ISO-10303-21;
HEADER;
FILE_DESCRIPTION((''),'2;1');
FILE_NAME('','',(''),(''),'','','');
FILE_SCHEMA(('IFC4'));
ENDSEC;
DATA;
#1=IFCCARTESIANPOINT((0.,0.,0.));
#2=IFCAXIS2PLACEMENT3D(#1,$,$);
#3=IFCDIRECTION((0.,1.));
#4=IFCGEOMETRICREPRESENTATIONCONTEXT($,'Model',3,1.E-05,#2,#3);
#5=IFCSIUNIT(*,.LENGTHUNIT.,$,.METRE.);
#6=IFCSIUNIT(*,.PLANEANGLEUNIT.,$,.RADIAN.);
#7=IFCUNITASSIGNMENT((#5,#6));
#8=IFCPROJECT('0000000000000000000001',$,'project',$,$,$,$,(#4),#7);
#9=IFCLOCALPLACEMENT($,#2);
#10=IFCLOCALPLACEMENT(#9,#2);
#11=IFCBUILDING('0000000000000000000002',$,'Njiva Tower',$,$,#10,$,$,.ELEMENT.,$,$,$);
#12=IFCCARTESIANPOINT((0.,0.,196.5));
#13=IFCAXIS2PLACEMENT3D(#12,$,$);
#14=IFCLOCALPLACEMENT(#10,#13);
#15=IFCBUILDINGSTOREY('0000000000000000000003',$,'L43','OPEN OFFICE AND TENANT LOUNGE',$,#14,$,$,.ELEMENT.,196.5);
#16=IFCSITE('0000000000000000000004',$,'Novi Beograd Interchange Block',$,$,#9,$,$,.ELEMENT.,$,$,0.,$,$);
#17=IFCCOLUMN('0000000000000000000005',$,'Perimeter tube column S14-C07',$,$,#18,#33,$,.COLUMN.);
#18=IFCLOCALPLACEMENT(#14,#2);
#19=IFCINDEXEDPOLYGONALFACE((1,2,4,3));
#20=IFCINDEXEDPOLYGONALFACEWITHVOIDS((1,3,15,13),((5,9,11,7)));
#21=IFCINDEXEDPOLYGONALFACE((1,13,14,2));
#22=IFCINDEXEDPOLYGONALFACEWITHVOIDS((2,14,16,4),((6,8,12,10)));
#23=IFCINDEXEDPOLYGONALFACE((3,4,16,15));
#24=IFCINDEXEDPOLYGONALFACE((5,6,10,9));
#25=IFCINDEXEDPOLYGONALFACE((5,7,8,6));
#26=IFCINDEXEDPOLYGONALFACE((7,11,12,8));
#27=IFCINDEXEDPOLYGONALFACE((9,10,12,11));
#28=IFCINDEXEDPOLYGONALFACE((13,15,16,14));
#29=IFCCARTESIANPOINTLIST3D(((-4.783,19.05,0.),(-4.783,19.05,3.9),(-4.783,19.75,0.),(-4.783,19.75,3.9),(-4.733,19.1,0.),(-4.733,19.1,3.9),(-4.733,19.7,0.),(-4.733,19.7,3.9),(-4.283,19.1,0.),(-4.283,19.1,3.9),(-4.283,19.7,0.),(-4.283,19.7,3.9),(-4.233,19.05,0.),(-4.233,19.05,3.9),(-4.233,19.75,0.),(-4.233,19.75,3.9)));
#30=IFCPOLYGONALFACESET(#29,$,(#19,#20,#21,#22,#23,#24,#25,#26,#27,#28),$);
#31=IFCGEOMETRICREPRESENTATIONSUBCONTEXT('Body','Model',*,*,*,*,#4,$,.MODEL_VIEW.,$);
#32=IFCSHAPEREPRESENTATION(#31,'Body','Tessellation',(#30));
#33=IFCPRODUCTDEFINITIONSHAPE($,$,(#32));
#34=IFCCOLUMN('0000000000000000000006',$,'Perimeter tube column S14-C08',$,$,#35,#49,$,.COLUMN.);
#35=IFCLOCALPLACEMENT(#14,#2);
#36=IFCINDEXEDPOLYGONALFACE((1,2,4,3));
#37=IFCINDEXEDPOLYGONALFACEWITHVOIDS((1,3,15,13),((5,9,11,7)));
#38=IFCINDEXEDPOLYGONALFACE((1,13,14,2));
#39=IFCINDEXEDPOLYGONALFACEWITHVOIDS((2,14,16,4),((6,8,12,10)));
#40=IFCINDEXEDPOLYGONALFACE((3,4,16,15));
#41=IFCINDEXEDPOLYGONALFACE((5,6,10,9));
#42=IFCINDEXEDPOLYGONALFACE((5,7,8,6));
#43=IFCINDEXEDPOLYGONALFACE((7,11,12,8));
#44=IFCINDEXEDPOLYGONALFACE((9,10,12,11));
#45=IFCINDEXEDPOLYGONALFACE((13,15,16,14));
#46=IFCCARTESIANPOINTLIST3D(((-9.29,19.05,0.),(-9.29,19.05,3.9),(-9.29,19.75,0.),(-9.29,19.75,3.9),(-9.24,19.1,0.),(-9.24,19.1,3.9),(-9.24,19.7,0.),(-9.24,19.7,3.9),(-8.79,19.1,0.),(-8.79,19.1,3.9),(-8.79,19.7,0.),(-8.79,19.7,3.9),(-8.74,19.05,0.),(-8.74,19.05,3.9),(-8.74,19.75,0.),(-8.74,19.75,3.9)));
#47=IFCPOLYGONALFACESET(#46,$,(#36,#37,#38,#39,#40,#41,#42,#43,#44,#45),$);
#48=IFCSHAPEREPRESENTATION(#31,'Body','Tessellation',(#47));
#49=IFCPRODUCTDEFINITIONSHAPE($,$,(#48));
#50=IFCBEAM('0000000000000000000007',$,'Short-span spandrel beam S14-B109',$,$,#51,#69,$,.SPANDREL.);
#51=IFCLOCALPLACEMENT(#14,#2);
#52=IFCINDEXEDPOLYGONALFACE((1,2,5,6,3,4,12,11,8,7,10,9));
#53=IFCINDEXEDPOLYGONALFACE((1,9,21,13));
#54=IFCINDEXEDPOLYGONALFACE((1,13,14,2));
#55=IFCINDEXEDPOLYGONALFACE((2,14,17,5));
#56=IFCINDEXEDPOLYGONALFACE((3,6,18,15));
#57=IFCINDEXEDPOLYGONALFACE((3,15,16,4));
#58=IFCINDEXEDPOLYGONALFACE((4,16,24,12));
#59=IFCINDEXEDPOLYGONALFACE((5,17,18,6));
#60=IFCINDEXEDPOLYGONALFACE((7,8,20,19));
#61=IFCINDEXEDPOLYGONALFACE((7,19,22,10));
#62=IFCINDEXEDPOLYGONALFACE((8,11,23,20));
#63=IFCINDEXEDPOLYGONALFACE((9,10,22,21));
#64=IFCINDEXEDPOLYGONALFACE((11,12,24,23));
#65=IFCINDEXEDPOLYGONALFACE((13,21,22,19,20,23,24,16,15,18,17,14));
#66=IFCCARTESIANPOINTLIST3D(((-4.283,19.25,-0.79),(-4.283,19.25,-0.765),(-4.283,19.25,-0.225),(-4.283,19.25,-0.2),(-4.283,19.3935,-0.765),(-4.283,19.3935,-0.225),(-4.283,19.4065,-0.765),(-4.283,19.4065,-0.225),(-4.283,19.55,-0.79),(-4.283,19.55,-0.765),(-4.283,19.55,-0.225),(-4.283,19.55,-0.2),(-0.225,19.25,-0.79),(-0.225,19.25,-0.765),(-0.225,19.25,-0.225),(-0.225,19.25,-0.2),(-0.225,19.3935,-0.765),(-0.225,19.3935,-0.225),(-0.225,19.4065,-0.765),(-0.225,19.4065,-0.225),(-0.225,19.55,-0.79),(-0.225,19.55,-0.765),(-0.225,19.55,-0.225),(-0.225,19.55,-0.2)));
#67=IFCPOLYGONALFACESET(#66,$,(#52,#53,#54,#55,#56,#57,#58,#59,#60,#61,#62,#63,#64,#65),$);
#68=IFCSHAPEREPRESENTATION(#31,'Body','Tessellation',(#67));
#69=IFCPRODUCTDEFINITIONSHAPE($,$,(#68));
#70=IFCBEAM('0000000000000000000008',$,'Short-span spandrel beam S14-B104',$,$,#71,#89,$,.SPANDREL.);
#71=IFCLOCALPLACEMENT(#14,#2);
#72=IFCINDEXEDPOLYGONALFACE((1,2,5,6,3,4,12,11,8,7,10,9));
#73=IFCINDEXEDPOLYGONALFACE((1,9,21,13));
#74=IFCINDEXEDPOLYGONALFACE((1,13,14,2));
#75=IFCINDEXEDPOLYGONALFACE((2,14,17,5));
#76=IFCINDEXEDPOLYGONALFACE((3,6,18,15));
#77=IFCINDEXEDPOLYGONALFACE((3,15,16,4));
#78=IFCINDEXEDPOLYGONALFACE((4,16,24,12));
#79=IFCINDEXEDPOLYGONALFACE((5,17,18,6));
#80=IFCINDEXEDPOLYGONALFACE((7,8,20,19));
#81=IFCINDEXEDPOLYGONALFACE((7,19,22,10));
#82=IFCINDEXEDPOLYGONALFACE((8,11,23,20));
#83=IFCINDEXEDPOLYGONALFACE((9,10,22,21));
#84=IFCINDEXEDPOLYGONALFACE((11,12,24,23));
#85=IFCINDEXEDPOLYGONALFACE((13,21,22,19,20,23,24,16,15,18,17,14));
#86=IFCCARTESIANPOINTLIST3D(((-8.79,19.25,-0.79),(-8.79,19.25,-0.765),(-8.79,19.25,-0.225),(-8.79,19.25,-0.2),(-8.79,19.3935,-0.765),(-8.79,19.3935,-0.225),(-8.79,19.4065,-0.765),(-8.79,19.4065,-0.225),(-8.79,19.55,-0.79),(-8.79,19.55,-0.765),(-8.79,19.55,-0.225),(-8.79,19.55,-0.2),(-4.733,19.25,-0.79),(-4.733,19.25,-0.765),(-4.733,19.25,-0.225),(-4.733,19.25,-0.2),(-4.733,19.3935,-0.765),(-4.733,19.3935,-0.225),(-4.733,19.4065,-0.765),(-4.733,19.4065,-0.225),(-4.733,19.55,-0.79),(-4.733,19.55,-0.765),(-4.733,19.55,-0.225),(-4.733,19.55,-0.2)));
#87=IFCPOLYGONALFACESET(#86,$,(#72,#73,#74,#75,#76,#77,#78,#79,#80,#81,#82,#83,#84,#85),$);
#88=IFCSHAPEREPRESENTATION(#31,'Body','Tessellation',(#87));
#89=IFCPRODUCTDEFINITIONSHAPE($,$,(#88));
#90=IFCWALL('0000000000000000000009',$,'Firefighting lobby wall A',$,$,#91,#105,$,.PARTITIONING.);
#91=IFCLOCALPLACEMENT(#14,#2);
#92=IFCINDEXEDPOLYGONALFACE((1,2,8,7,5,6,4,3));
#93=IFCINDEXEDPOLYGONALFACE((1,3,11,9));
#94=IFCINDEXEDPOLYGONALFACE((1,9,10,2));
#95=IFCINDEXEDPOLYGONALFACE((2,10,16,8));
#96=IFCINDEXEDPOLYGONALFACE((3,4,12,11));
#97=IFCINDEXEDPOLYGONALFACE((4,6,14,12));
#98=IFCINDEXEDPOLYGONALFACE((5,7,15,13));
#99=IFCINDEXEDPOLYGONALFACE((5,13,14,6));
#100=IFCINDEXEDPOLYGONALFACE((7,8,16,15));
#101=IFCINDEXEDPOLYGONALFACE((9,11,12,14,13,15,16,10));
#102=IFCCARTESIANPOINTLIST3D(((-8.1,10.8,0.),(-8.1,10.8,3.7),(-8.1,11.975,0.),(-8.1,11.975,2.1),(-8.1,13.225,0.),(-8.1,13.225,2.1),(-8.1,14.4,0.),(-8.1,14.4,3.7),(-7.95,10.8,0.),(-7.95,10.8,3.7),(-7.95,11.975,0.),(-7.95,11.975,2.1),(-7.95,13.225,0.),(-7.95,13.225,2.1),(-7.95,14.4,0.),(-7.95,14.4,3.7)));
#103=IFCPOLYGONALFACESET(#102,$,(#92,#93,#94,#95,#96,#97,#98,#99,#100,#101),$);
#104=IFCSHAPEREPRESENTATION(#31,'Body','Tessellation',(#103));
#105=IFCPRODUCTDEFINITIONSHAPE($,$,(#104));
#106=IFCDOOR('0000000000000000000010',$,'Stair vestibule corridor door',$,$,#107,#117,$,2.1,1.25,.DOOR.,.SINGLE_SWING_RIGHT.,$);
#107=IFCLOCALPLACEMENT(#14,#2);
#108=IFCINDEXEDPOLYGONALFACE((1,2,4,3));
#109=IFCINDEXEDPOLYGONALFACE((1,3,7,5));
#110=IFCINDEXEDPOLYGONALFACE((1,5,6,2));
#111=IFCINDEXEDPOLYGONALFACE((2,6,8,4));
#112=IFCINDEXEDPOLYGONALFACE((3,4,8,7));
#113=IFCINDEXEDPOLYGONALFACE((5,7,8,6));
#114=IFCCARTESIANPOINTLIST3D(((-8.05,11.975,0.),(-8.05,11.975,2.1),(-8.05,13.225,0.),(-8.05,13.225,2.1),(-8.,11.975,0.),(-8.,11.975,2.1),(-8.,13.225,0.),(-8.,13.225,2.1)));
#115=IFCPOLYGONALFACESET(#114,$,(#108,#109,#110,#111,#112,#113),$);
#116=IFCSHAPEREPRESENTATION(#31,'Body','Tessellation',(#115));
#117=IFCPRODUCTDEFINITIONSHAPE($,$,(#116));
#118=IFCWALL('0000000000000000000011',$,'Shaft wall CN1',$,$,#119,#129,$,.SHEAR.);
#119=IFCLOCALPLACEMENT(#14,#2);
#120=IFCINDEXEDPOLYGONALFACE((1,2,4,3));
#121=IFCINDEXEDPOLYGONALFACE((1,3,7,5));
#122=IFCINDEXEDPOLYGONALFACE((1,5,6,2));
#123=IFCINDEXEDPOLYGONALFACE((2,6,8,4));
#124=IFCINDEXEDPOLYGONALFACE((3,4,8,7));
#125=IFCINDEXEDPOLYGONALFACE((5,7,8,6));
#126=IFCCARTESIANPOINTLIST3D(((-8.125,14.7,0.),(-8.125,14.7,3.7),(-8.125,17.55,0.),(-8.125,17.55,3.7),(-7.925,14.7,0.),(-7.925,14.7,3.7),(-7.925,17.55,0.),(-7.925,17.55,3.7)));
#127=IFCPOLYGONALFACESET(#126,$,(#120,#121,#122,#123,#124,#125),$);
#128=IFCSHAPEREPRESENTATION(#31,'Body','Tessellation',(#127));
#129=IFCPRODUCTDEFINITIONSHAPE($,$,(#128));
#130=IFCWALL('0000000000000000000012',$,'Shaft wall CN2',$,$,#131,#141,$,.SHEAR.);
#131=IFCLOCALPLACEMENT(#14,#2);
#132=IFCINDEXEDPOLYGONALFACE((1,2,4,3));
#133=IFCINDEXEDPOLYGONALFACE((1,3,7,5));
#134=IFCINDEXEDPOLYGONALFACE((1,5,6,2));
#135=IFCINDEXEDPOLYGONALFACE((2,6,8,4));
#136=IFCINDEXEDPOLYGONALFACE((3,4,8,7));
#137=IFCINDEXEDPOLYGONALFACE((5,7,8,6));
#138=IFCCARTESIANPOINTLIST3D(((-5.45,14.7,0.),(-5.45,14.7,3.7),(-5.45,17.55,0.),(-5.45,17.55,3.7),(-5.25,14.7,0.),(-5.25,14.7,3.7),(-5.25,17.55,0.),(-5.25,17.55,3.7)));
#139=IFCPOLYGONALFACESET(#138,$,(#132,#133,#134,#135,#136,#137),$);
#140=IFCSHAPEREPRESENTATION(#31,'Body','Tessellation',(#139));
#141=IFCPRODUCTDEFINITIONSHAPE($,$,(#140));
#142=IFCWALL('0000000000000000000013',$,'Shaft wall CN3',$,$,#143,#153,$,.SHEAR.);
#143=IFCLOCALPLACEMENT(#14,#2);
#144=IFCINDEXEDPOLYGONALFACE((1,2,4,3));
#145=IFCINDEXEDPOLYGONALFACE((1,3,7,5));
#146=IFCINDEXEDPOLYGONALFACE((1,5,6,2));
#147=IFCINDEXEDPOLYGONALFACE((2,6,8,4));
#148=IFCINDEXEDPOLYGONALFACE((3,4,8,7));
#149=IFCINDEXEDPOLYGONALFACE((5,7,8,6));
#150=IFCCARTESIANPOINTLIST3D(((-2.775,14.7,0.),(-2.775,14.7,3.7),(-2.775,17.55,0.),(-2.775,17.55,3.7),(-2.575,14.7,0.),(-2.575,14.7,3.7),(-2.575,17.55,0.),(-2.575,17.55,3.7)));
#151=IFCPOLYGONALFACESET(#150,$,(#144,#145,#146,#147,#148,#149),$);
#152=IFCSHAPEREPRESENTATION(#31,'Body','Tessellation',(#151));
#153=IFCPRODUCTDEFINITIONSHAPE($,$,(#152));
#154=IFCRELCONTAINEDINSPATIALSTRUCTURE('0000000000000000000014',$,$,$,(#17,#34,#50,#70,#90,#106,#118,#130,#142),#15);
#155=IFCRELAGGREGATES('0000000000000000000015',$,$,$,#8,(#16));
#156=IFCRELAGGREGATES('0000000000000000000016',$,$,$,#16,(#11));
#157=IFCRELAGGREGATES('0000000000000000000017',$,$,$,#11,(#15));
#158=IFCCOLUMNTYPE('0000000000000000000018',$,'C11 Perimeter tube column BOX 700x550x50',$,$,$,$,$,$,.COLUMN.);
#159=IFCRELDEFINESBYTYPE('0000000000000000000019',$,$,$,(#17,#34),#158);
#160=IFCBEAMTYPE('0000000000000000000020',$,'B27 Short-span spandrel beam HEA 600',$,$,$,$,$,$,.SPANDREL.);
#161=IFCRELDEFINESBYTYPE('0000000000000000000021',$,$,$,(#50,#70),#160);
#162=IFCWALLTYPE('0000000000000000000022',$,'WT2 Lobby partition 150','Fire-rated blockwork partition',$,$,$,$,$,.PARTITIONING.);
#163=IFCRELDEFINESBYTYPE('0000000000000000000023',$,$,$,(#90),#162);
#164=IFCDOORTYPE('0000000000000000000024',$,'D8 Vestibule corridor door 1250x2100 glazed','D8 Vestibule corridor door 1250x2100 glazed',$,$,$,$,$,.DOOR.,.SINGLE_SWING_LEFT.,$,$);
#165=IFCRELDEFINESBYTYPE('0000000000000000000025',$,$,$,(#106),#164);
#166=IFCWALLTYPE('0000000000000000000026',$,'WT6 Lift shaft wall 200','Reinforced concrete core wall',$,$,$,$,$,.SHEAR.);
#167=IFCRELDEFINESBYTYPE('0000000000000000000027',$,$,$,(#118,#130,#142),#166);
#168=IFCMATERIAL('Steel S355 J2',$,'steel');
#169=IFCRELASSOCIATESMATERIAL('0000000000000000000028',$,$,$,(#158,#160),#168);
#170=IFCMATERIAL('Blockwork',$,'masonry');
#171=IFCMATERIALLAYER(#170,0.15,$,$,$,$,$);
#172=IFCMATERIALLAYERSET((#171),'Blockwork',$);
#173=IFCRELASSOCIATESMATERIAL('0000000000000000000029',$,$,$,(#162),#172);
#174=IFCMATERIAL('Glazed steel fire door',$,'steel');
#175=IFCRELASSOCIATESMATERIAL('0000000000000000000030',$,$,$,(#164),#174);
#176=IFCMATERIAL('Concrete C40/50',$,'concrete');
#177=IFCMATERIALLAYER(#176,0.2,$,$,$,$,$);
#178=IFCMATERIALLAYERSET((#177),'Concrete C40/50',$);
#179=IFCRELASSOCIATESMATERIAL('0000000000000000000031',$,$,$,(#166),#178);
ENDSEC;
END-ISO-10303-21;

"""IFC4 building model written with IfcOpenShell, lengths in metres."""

from ifc_helpers import new_model, si_unit, direction, frame, frame_2d, origin, origin_2d, place, context, subcontext, project, spatial, rectangle, hollow_rectangle, i_section, extrude, material, layer, layer_set, material_profile, profile_set, type_object, element, fill, save


model = new_model("IFC4")

# Units and contexts
model_context = context("Model", 3, precision=1e-05, world=origin(), true_north=direction((0.0, 1.0)))
body_context = subcontext(model_context, "Body", "Model", "MODEL_VIEW")
ifc_project = project(units=[si_unit("LENGTHUNIT", "METRE"), si_unit("PLANEANGLEUNIT", "RADIAN")], contexts=[model_context])

# Site, building, storey
site_placement = place(None, origin())
site = spatial("IfcSite", under=ifc_project, at=site_placement, Name="Novi Beograd Interchange Block", CompositionType="ELEMENT", RefElevation=0.0)
building_placement = place(site_placement, origin())
building = spatial("IfcBuilding", under=site, at=building_placement, Name="Njiva Tower", CompositionType="ELEMENT")
storey_placement = place(building_placement, frame((0.0, 0.0, 196.5)))
storey = spatial("IfcBuildingStorey", under=building, at=storey_placement, Name="L43", Description="OPEN OFFICE AND TENANT LOUNGE", CompositionType="ELEMENT", Elevation=196.5)

# Columns
ifc_material_1 = material(Name="Steel S355 J2", Category="steel")
ifc_material_profile_1 = material_profile(ifc_material_1, hollow_rectangle(XDim=0.55, YDim=0.7, WallThickness=0.05, at=origin_2d()), Name="BOX 700x550x50")
ifc_profile_set_1 = profile_set([ifc_material_profile_1], Name="Steel S355 J2")
column_type = type_object("IfcColumnType", Name="C11 Perimeter tube column BOX 700x550x50", PredefinedType="COLUMN", material=ifc_profile_set_1)
for number, where, z_axis, x_axis, name in (
    (1, (-4.508, 19.4, 0.0), (0.0, 0.0, 1.0), (-1.0, 0.0, 0.0), "Perimeter tube column S14-C07"),
    (2, (-9.015, 19.4, 0.0), (0.0, 0.0, 1.0), (-1.0, 0.0, 0.0), "Perimeter tube column S14-C08"),
):
    element("IfcColumn", number, at=place(storey_placement, frame(where, z_axis=z_axis, x_axis=x_axis)), inside=storey, type_object=column_type, Name=name, PredefinedType="COLUMN", context=body_context, shape_type="SweptSolid", body=[
        extrude(hollow_rectangle(XDim=0.55, YDim=0.7, WallThickness=0.05, at=origin_2d()), origin(), (0.0, 0.0, 1.0), 3.9),
    ])

# Beams
ifc_material_profile_2 = material_profile(ifc_material_1, i_section(OverallWidth=0.3, OverallDepth=0.59, WebThickness=0.013, FlangeThickness=0.025, at=origin_2d()), Name="HEA 600")
ifc_profile_set_2 = profile_set([ifc_material_profile_2], Name="Steel S355 J2")
beam_type = type_object("IfcBeamType", Name="B27 Short-span spandrel beam HEA 600", PredefinedType="SPANDREL", material=ifc_profile_set_2)
beam_1_placement = place(storey_placement, frame((-0.225, 19.4, -0.495), z_axis=(-1.0, 0.0, 0.0), x_axis=(0.0, -1.0, 0.0)))
element("IfcBeam", 3, at=beam_1_placement, inside=storey, type_object=beam_type, Name="Short-span spandrel beam S14-B109", PredefinedType="SPANDREL", context=body_context, shape_type="SweptSolid", body=[
    extrude(i_section(OverallWidth=0.3, OverallDepth=0.59, WebThickness=0.013, FlangeThickness=0.025, at=origin_2d()), origin(), (0.0, 0.0, 1.0), 4.058),
])
beam_2_placement = place(storey_placement, frame((-4.733, 19.4, -0.495), z_axis=(-1.0, 0.0, 0.0), x_axis=(0.0, -1.0, 0.0)))
element("IfcBeam", 4, at=beam_2_placement, inside=storey, type_object=beam_type, Name="Short-span spandrel beam S14-B104", PredefinedType="SPANDREL", context=body_context, shape_type="SweptSolid", body=[
    extrude(i_section(OverallWidth=0.3, OverallDepth=0.59, WebThickness=0.013, FlangeThickness=0.025, at=origin_2d()), origin(), (0.0, 0.0, 1.0), 4.057),
])

# Wall, opening, door
ifc_material_2 = material(Name="Blockwork", Category="masonry")
ifc_layer_1 = layer(ifc_material_2, 0.15)
ifc_layer_set_1 = layer_set([ifc_layer_1], Name="Blockwork")
wall_type_1 = type_object("IfcWallType", Name="WT2 Lobby partition 150", Description="Fire-rated blockwork partition", PredefinedType="PARTITIONING", material=ifc_layer_set_1)
wall_placement = place(storey_placement, frame((-8.025, 10.8, 0.0), z_axis=(0.0, 0.0, 1.0), x_axis=(0.0, 1.0, 0.0)))
wall = element("IfcWall", 5, at=wall_placement, inside=storey, type_object=wall_type_1, Name="Firefighting lobby wall A", PredefinedType="PARTITIONING", context=body_context, shape_type="SweptSolid", body=[
    extrude(rectangle(XDim=3.6, YDim=0.15, at=frame_2d((1.8, 0.0))), origin(), (0.0, 0.0, 1.0), 3.7),
])
opening_placement = place(wall_placement, frame((1.175, 0.0, 0.0)))
opening = element("IfcOpeningElement", 6, at=opening_placement, cuts=wall, PredefinedType="OPENING", context=body_context, shape_type="SweptSolid", body=[
    extrude(rectangle(XDim=1.25, YDim=2.1, at=frame_2d((0.625, 1.05))), frame((0.0, 0.085, 0.0), z_axis=(0.0, -1.0, 0.0), x_axis=(1.0, 0.0, 0.0)), (0.0, 0.0, 1.0), 0.17),
])
ifc_material_3 = material(Name="Glazed steel fire door", Category="steel")
door_type = type_object("IfcDoorType", Name="D8 Vestibule corridor door 1250x2100 glazed", Description="D8 Vestibule corridor door 1250x2100 glazed", OperationType="SINGLE_SWING_LEFT", PredefinedType="DOOR", material=ifc_material_3)
door_placement = place(opening_placement, origin())
door = element("IfcDoor", 7, at=door_placement, inside=storey, type_object=door_type, Name="Stair vestibule corridor door", OperationType="SINGLE_SWING_RIGHT", OverallHeight=2.1, OverallWidth=1.25, PredefinedType="DOOR", context=body_context, shape_type="SweptSolid", body=[
    extrude(rectangle(XDim=1.25, YDim=2.1, at=frame_2d((0.625, 1.05))), frame((0.0, 0.025, 0.0), z_axis=(0.0, -1.0, 0.0), x_axis=(1.0, 0.0, 0.0)), (0.0, 0.0, 1.0), 0.05),
])
fill(opening, door)

# Walls
ifc_material_4 = material(Name="Concrete C40/50", Category="concrete")
ifc_layer_2 = layer(ifc_material_4, 0.2)
ifc_layer_set_2 = layer_set([ifc_layer_2], Name="Concrete C40/50")
wall_type_2 = type_object("IfcWallType", Name="WT6 Lift shaft wall 200", Description="Reinforced concrete core wall", PredefinedType="SHEAR", material=ifc_layer_set_2)
for number, where, z_axis, x_axis, name in (
    (8, (-8.025, 14.7, 0.0), (0.0, 0.0, 1.0), (0.0, 1.0, 0.0), "Shaft wall CN1"),
    (9, (-5.35, 14.7, 0.0), (0.0, 0.0, 1.0), (0.0, 1.0, 0.0), "Shaft wall CN2"),
    (10, (-2.675, 14.7, 0.0), (0.0, 0.0, 1.0), (0.0, 1.0, 0.0), "Shaft wall CN3"),
):
    element("IfcWall", number, at=place(storey_placement, frame(where, z_axis=z_axis, x_axis=x_axis)), inside=storey, type_object=wall_type_2, Name=name, PredefinedType="SHEAR", context=body_context, shape_type="SweptSolid", body=[
        extrude(rectangle(XDim=2.85, YDim=0.2, at=frame_2d((1.425, 0.0))), origin(), (0.0, 0.0, 1.0), 3.7),
    ])

save(model, "model.ifc")
